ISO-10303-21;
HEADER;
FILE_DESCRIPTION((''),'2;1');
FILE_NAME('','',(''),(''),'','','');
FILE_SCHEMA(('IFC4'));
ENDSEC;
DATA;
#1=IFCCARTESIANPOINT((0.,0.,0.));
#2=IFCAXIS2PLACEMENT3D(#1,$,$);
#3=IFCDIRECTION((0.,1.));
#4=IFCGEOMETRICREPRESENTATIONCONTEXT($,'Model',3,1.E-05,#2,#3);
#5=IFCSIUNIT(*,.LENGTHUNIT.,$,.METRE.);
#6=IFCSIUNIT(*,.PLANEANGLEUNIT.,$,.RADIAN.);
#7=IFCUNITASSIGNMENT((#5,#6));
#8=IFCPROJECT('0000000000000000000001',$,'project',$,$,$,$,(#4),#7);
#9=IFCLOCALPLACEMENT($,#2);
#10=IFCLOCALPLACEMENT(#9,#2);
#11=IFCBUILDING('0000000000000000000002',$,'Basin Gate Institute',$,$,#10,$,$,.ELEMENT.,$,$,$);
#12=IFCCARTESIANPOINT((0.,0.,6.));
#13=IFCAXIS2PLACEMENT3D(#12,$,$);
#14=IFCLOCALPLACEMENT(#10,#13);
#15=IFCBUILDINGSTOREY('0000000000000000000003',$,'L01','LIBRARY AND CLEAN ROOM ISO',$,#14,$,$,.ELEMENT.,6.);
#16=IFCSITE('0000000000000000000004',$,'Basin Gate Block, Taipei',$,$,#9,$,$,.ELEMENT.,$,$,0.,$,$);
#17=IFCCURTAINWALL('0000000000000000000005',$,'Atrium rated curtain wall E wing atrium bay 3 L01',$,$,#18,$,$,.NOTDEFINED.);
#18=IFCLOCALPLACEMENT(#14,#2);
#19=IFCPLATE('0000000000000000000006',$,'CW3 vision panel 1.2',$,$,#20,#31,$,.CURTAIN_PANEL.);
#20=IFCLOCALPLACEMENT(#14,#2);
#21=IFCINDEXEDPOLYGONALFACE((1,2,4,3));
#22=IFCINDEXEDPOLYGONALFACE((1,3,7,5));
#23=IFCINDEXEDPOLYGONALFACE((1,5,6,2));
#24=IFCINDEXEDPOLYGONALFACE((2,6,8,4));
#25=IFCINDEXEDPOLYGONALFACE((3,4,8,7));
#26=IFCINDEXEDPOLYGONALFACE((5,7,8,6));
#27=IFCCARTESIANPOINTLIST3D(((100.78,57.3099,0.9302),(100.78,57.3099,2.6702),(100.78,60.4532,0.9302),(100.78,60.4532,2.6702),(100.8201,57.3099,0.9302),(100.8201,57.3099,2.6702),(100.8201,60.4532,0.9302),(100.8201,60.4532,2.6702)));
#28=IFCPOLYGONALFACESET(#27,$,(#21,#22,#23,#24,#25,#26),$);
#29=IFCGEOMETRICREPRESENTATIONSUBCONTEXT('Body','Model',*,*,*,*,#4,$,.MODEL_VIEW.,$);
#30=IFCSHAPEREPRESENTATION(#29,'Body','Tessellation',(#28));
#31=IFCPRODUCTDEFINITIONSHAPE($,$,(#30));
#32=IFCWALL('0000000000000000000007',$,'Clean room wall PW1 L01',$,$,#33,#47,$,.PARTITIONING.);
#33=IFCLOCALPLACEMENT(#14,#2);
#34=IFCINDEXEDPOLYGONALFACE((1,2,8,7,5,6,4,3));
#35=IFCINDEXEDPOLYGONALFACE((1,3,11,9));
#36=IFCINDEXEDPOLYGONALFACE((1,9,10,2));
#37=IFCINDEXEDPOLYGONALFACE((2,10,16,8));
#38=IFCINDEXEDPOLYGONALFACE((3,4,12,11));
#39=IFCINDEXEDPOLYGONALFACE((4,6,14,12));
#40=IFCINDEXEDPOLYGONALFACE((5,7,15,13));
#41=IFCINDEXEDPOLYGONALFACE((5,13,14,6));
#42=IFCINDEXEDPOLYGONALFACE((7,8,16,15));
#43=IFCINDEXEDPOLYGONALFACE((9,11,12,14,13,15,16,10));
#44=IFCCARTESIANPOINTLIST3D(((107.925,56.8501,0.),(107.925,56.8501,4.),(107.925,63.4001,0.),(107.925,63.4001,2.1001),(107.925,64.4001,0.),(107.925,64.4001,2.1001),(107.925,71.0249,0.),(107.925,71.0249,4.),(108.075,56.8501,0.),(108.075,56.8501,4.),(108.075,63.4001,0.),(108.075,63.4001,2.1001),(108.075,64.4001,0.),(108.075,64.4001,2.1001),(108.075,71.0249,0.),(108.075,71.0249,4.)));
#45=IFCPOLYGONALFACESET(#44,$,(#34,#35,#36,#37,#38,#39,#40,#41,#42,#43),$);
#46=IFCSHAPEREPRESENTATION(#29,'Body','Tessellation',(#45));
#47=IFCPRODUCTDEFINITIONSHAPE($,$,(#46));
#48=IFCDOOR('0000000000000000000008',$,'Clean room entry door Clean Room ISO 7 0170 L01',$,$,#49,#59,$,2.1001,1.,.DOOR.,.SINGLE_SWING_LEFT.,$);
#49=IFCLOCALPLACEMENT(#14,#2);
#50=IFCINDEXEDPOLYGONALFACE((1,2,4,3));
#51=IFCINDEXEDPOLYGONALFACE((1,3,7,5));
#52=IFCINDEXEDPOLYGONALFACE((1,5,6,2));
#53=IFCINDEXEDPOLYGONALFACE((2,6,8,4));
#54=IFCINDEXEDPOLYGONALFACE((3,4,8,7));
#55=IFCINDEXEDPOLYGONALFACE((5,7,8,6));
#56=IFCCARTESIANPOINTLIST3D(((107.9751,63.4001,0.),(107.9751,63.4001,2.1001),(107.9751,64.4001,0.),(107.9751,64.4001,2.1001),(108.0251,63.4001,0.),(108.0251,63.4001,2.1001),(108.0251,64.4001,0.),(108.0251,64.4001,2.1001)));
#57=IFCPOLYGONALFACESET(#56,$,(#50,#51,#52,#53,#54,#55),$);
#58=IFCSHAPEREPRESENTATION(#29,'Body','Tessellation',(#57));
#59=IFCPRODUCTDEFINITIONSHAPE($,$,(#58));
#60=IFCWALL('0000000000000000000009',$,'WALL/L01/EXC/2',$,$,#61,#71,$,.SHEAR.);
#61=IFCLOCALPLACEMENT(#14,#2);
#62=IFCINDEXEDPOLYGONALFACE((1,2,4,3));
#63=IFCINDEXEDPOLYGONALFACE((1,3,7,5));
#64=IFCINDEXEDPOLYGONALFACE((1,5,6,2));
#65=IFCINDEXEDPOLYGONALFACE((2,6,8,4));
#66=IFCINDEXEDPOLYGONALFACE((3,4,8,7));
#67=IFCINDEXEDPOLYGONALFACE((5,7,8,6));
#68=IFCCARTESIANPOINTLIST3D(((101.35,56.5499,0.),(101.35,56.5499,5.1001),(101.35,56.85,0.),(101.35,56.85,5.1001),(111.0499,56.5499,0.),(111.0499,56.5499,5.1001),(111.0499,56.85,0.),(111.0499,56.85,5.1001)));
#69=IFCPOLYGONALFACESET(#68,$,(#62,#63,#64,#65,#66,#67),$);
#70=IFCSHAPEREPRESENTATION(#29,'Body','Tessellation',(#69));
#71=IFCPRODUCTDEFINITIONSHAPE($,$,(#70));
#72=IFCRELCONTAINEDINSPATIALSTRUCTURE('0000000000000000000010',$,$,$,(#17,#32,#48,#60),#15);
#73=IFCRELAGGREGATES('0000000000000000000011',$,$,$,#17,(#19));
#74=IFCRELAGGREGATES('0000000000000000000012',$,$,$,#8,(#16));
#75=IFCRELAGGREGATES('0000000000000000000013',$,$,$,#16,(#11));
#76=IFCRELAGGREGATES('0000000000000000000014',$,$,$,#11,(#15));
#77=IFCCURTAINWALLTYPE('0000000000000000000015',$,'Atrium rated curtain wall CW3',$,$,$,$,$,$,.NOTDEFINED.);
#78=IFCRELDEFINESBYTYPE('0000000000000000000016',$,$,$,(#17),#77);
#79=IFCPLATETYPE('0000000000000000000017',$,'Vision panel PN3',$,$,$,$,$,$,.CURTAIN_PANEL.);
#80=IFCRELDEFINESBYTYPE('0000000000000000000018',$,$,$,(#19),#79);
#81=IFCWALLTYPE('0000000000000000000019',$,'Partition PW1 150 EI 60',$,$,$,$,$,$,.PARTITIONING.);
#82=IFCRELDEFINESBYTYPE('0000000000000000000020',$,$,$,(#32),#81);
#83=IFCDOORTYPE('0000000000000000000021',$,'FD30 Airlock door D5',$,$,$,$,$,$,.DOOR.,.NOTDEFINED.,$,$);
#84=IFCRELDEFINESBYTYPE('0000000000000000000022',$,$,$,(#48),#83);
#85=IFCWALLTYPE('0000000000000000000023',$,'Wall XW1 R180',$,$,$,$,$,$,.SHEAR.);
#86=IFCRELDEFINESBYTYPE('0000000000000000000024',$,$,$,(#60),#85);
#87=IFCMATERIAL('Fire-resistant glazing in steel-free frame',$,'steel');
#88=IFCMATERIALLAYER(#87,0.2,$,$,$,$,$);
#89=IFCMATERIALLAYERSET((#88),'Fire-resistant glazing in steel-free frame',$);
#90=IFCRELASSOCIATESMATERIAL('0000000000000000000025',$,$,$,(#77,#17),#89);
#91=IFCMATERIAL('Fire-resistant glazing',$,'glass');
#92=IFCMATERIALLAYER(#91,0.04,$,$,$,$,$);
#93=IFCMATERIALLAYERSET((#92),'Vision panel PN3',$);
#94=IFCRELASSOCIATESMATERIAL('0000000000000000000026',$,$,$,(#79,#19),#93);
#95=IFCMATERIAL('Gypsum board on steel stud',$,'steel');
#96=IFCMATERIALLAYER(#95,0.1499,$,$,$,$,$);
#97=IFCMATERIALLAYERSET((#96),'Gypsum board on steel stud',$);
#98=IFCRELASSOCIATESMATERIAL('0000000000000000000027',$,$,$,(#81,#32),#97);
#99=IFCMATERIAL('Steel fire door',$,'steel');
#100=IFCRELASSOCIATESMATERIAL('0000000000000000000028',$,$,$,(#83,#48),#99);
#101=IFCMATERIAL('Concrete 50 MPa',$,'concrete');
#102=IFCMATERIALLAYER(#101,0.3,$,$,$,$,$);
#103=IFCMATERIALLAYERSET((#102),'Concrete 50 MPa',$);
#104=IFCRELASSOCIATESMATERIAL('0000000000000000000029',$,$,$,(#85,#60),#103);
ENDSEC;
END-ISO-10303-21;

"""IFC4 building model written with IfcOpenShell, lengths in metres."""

from ifc_helpers import new_model, si_unit, direction, frame, frame_2d, origin, origin_2d, place, context, subcontext, project, spatial, rectangle, extrude, material, layer, layer_set, type_object, element, fill, aggregate, save


model = new_model("IFC4")

# Units and contexts
model_context = context("Model", 3, precision=1e-05, world=origin(), true_north=direction((0.0, 1.0)))
body_context = subcontext(model_context, "Body", "Model", "MODEL_VIEW")
ifc_project = project(units=[si_unit("LENGTHUNIT", "METRE"), si_unit("PLANEANGLEUNIT", "RADIAN")], contexts=[model_context])

# Site, building, storey
site_placement = place(None, origin())
site = spatial("IfcSite", under=ifc_project, at=site_placement, Name="Basin Gate Block, Taipei", CompositionType="ELEMENT", RefElevation=0.0)
building_placement = place(site_placement, origin())
building = spatial("IfcBuilding", under=site, at=building_placement, Name="Basin Gate Institute", CompositionType="ELEMENT")
storey_placement = place(building_placement, frame((0.0, 0.0, 6.0)))
storey = spatial("IfcBuildingStorey", under=building, at=storey_placement, Name="L01", Description="LIBRARY AND CLEAN ROOM ISO", CompositionType="ELEMENT", Elevation=6.0)

# Curtain wall
ifc_material_1 = material(Name="Fire-resistant glazing in steel-free frame", Category="steel")
ifc_layer_1 = layer(ifc_material_1, 0.2)
ifc_layer_set_1 = layer_set([ifc_layer_1], Name="Fire-resistant glazing in steel-free frame")
curtain_wall_type = type_object("IfcCurtainWallType", Name="Atrium rated curtain wall CW3", PredefinedType="NOTDEFINED", material=ifc_layer_set_1)
curtain_wall_1_placement = place(storey_placement, origin())
curtain_wall_1 = element("IfcCurtainWall", 1, at=curtain_wall_1_placement, inside=storey, type_object=curtain_wall_type, material=ifc_layer_set_1, Name="Atrium rated curtain wall E wing atrium bay 3 L01", PredefinedType="NOTDEFINED")

# Plate
ifc_material_2 = material(Name="Fire-resistant glazing", Category="glass")
ifc_layer_2 = layer(ifc_material_2, 0.04)
ifc_layer_set_2 = layer_set([ifc_layer_2], Name="Vision panel PN3")
plate_type_1 = type_object("IfcPlateType", Name="Vision panel PN3", PredefinedType="CURTAIN_PANEL", material=ifc_layer_set_2)
plate_1_placement = place(storey_placement, frame((100.8, 58.8816, 0.9302), z_axis=(0.0, 0.0, 1.0), x_axis=(0.0, 1.0, 0.0)))
plate_1 = element("IfcPlate", 2, at=plate_1_placement, type_object=plate_type_1, material=ifc_layer_set_2, Name="CW3 vision panel 1.2", PredefinedType="CURTAIN_PANEL", context=body_context, shape_type="SweptSolid", body=[
    extrude(rectangle(XDim=3.1433, YDim=0.04, at=origin_2d()), origin(), (0.0, 0.0, 1.0), 1.74),
])
aggregate(curtain_wall_1, [plate_1])

# Wall, opening, door
ifc_material_3 = material(Name="Gypsum board on steel stud", Category="steel")
ifc_layer_3 = layer(ifc_material_3, 0.1499)
ifc_layer_set_3 = layer_set([ifc_layer_3], Name="Gypsum board on steel stud")
wall_type_1 = type_object("IfcWallType", Name="Partition PW1 150 EI 60", PredefinedType="PARTITIONING", material=ifc_layer_set_3)
wall_1_placement = place(storey_placement, frame((108.0, 56.8501, 0.0), z_axis=(0.0, 0.0, 1.0), x_axis=(0.0, 1.0, 0.0)))
wall_1 = element("IfcWall", 3, at=wall_1_placement, inside=storey, type_object=wall_type_1, material=ifc_layer_set_3, Name="Clean room wall PW1 L01", PredefinedType="PARTITIONING", context=body_context, shape_type="SweptSolid", body=[
    extrude(rectangle(XDim=14.1748, YDim=0.1499, at=frame_2d((7.0874, 0.0))), origin(), (0.0, 0.0, 1.0), 4.0),
])
opening_placement = place(wall_1_placement, frame((6.55, 0.0, 0.0)))
opening = element("IfcOpeningElement", 4, at=opening_placement, cuts=wall_1, PredefinedType="OPENING", context=body_context, shape_type="SweptSolid", body=[
    extrude(rectangle(XDim=1.0, YDim=2.1001, at=frame_2d((0.5, 1.05))), frame((0.0, 0.085, 0.0), z_axis=(0.0, -1.0, 0.0), x_axis=(1.0, 0.0, 0.0)), (0.0, 0.0, 1.0), 0.1699),
])
ifc_material_4 = material(Name="Steel fire door", Category="steel")
door_type = type_object("IfcDoorType", Name="FD30 Airlock door D5", OperationType="NOTDEFINED", PredefinedType="DOOR", material=ifc_material_4)
door_placement = place(opening_placement, origin())
door = element("IfcDoor", 5, at=door_placement, inside=storey, type_object=door_type, material=ifc_material_4, Name="Clean room entry door Clean Room ISO 7 0170 L01", OperationType="SINGLE_SWING_LEFT", OverallHeight=2.1001, OverallWidth=1.0, PredefinedType="DOOR", context=body_context, shape_type="SweptSolid", body=[
    extrude(rectangle(XDim=1.0, YDim=2.1001, at=frame_2d((0.5, 1.05))), frame((0.0, 0.0249, 0.0), z_axis=(0.0, -1.0, 0.0), x_axis=(1.0, 0.0, 0.0)), (0.0, 0.0, 1.0), 0.05),
])
fill(opening, door)

# Wall
ifc_material_5 = material(Name="Concrete 50 MPa", Category="concrete")
ifc_layer_4 = layer(ifc_material_5, 0.3)
ifc_layer_set_4 = layer_set([ifc_layer_4], Name="Concrete 50 MPa")
wall_type_2 = type_object("IfcWallType", Name="Wall XW1 R180", PredefinedType="SHEAR", material=ifc_layer_set_4)
wall_2_placement = place(storey_placement, frame((111.05, 56.7, 0.0), z_axis=(0.0, 0.0, 1.0), x_axis=(-1.0, 0.0, 0.0)))
element("IfcWall", 6, at=wall_2_placement, inside=storey, type_object=wall_type_2, material=ifc_layer_set_4, Name="WALL/L01/EXC/2", PredefinedType="SHEAR", context=body_context, shape_type="SweptSolid", body=[
    extrude(rectangle(XDim=9.7, YDim=0.3, at=frame_2d((4.8501, 0.0))), origin(), (0.0, 0.0, 1.0), 5.1001),
])

save(model, "model.ifc")
